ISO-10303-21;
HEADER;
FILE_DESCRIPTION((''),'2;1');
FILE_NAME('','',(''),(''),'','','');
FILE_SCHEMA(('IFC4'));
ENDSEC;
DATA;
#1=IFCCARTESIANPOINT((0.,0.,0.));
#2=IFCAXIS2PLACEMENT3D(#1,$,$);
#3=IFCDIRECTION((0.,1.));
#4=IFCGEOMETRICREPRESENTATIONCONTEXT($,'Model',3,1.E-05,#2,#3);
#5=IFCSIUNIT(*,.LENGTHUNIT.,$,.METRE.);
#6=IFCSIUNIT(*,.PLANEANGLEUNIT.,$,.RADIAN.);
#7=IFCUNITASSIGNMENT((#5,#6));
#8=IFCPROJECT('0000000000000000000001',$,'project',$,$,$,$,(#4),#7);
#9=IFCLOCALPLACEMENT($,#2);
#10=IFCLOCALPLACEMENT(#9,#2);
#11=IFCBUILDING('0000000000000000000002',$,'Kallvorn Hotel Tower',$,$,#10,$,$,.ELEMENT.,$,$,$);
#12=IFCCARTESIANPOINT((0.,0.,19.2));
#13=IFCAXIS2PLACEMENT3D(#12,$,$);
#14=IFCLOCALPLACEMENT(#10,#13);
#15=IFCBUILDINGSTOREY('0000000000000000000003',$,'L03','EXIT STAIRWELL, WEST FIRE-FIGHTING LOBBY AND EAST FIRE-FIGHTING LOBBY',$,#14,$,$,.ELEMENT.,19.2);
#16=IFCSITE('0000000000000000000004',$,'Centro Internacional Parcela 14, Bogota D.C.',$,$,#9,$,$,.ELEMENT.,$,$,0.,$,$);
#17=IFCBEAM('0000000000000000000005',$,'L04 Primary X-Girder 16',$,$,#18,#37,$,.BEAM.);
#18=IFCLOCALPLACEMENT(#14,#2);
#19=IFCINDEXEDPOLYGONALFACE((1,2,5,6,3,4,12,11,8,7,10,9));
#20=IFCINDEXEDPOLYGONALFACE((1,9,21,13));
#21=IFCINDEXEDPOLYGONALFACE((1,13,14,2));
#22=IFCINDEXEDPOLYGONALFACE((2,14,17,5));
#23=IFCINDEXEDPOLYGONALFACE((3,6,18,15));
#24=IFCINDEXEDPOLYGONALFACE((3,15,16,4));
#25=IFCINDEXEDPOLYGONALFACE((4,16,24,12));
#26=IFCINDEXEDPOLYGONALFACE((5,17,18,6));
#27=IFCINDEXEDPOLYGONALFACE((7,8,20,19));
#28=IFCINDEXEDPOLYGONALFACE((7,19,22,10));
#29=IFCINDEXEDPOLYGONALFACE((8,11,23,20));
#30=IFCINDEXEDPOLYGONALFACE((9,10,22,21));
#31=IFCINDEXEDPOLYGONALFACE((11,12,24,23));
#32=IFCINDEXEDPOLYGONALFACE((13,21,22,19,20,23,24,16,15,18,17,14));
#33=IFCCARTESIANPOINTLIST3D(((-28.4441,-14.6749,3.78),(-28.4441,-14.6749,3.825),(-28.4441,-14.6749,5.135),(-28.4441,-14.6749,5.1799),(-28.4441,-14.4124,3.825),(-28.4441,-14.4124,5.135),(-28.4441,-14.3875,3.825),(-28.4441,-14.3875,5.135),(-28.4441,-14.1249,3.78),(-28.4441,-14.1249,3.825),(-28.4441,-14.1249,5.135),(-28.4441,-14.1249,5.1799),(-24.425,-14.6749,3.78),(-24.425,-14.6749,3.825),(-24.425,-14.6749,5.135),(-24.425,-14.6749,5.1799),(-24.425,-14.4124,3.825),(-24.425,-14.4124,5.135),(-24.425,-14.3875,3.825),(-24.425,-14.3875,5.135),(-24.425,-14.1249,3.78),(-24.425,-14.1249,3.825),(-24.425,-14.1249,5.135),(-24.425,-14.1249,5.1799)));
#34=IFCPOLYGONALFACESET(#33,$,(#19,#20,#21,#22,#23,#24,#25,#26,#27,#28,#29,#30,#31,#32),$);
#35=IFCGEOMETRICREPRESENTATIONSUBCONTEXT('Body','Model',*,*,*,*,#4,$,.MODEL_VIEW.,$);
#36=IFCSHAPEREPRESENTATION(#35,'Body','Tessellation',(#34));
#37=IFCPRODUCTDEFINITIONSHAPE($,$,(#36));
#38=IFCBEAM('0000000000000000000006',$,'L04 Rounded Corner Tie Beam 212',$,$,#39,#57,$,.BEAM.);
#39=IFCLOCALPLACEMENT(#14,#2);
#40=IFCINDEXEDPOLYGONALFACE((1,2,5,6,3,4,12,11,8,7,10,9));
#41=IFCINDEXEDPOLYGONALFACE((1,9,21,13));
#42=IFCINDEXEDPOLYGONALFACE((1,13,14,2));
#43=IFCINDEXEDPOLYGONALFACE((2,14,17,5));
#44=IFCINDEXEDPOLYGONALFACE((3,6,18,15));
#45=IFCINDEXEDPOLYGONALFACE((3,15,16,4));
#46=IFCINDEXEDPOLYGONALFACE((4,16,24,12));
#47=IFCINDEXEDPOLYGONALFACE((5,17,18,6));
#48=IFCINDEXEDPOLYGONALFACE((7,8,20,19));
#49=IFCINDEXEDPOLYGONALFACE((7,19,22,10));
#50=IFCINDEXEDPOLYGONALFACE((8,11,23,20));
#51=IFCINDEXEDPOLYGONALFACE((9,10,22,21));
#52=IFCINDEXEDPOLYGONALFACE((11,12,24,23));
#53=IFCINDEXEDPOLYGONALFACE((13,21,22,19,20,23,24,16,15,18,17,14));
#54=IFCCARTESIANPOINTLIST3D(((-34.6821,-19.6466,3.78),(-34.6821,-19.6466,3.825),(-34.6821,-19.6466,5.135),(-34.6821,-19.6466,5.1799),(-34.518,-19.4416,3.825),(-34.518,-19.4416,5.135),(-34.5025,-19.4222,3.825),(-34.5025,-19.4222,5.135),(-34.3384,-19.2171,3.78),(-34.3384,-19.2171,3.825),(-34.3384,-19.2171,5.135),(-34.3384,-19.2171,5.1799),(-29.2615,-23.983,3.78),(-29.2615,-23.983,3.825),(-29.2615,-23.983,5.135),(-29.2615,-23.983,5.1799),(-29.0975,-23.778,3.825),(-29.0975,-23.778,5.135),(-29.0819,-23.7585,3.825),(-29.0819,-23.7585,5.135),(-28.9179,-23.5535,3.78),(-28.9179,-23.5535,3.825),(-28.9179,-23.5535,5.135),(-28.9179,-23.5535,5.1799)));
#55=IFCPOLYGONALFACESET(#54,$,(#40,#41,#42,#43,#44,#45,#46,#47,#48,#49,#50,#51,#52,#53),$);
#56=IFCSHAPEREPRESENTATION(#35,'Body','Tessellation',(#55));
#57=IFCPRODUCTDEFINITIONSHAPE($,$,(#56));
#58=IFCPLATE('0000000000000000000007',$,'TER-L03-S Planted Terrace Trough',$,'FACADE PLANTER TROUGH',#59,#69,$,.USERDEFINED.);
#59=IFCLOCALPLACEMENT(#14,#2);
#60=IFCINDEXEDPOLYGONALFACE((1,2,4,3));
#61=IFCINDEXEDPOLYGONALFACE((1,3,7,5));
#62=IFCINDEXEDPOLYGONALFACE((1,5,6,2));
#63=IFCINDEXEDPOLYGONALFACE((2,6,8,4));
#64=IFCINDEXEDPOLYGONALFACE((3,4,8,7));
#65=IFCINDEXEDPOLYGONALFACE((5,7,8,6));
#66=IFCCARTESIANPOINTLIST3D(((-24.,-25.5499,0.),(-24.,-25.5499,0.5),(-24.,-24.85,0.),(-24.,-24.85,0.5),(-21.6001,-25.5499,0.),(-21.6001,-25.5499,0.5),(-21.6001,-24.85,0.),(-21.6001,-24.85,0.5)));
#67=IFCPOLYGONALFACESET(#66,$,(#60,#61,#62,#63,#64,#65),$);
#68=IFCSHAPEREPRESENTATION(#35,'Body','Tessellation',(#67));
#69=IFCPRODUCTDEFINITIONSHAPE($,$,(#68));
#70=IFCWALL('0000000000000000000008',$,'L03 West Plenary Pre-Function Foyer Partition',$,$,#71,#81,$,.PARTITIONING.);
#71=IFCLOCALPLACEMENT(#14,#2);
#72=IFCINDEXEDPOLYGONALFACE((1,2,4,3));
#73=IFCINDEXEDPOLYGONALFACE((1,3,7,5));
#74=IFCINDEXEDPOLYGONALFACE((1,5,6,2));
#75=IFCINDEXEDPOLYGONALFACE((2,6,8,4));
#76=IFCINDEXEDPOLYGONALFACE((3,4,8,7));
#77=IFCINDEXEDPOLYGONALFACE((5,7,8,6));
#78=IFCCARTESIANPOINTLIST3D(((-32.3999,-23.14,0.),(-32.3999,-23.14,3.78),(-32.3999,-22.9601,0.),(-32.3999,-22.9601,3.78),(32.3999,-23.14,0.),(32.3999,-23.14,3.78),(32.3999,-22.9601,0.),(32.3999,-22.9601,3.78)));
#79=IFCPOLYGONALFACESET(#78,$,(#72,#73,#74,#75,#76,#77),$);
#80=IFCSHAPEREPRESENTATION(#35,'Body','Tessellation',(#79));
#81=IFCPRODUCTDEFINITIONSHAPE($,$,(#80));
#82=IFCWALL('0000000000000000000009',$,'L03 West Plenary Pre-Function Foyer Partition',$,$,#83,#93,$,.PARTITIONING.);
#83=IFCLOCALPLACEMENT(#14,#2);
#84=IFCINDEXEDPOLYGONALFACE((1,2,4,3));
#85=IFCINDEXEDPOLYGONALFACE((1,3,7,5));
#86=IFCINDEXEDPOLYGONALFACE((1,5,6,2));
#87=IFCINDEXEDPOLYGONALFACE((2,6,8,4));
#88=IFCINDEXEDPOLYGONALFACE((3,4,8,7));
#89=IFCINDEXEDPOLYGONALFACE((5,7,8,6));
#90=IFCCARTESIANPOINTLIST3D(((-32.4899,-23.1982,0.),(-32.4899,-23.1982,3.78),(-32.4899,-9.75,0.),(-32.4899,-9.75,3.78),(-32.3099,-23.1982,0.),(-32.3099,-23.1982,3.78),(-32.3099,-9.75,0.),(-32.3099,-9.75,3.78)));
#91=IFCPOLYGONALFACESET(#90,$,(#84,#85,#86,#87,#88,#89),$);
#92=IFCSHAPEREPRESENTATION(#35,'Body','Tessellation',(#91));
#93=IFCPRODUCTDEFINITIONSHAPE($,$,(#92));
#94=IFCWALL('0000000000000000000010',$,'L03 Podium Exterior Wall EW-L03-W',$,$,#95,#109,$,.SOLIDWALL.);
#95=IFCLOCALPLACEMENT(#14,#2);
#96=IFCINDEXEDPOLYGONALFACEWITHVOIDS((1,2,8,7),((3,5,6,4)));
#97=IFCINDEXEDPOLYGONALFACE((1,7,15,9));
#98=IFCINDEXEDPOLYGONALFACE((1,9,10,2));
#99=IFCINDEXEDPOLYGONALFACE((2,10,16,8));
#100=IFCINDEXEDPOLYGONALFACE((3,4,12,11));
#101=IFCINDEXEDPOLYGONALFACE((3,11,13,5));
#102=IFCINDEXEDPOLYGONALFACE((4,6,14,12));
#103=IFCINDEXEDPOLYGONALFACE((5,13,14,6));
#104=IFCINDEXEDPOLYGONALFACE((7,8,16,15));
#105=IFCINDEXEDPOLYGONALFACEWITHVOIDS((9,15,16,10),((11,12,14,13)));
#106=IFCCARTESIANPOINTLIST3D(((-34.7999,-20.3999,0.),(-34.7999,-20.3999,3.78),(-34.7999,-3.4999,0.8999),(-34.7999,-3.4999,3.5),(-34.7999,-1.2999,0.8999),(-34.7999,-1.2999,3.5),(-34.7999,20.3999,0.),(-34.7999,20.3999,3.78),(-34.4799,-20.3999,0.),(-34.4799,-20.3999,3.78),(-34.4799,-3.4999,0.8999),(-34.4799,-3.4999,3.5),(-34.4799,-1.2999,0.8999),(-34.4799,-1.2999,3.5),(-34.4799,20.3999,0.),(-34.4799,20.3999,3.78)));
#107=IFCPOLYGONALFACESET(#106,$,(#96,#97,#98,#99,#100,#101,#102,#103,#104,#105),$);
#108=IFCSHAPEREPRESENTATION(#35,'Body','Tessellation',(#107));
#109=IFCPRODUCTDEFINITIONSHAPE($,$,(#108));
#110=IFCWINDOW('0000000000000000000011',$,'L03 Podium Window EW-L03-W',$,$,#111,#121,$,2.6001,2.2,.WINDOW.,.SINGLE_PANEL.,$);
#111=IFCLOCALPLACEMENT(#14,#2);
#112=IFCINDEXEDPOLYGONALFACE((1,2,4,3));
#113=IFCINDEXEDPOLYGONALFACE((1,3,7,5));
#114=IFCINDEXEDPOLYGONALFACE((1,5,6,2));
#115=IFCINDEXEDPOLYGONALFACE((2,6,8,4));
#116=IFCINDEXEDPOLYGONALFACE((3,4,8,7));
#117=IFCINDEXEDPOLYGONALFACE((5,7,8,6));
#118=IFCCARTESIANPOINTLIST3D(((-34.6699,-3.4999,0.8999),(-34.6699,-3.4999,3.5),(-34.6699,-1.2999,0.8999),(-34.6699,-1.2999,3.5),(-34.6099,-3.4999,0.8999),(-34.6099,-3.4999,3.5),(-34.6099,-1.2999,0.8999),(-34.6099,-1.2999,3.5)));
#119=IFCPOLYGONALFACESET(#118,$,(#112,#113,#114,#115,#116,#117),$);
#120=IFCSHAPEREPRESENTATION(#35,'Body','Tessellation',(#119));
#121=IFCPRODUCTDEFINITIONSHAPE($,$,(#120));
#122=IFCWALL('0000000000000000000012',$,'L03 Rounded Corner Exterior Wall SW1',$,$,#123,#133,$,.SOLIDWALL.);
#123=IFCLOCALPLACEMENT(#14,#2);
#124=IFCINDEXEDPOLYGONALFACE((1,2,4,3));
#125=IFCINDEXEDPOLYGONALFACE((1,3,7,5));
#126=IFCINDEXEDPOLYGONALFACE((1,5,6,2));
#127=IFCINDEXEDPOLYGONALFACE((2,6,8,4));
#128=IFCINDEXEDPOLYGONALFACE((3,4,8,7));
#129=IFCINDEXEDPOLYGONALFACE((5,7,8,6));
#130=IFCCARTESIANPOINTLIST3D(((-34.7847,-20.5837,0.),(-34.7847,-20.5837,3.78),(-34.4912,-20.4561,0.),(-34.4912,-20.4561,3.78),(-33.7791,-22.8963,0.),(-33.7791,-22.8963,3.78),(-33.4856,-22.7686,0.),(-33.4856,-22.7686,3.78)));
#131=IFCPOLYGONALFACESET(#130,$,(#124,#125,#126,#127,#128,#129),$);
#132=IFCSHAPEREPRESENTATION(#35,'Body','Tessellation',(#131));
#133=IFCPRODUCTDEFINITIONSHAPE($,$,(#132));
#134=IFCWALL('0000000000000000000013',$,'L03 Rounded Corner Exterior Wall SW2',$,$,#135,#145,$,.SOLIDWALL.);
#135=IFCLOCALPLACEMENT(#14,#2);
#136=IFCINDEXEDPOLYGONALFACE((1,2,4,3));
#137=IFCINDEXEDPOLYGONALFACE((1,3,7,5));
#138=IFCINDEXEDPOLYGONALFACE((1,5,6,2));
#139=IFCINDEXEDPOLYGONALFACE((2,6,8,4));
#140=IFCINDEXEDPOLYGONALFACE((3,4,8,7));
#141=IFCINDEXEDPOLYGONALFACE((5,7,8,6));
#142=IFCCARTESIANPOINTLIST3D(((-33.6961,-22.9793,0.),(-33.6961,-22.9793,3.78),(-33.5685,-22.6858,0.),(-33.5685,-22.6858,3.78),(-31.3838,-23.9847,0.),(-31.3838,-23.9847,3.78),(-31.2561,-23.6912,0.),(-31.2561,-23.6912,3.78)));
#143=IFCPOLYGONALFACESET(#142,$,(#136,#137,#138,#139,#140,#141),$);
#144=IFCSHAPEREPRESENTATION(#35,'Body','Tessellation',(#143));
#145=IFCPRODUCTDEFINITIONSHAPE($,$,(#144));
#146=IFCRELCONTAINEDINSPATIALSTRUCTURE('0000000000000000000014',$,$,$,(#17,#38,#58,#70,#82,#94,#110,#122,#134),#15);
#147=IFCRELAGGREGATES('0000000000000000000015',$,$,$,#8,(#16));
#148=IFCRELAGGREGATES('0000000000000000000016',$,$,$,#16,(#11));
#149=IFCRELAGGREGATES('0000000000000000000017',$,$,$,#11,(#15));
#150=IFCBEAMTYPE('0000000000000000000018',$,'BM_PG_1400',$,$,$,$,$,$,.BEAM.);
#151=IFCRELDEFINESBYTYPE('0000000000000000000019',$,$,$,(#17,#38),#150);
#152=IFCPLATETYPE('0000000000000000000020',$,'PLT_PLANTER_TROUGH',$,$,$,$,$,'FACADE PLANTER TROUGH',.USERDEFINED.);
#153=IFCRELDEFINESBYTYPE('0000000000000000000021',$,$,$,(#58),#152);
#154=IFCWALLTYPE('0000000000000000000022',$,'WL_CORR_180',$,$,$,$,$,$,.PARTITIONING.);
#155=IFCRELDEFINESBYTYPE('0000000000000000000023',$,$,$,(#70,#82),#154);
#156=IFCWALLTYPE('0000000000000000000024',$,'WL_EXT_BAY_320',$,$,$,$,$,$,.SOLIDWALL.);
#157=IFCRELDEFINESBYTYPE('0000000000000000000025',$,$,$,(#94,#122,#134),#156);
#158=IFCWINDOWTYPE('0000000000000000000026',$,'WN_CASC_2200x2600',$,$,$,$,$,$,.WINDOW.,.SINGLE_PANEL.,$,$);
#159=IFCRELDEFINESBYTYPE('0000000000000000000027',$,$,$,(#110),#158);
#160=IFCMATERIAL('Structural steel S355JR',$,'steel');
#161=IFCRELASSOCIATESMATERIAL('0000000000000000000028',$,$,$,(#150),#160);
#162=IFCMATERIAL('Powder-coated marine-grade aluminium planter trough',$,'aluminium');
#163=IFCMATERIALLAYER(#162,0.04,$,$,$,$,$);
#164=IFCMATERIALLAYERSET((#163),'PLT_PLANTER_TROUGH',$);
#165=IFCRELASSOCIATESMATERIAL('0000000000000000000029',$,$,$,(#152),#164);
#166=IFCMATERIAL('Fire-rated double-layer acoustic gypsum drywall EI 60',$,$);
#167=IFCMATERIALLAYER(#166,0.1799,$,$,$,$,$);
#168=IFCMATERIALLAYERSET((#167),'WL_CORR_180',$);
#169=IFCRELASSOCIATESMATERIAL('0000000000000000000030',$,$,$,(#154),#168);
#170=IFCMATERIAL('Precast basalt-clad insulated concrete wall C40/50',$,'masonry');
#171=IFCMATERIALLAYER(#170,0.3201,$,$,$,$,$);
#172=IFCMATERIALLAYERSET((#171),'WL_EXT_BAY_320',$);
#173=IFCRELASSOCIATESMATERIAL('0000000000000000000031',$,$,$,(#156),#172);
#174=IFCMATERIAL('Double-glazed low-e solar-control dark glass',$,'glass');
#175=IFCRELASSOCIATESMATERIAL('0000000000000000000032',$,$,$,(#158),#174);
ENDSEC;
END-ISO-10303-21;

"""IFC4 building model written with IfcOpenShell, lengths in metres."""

from ifc_helpers import new_model, si_unit, direction, frame, frame_2d, origin, origin_2d, place, context, subcontext, project, spatial, rectangle, i_section, extrude, material, layer, layer_set, material_profile, profile_set, type_object, element, fill, save


model = new_model("IFC4")

# Units and contexts
model_context = context("Model", 3, precision=1e-05, world=origin(), true_north=direction((0.0, 1.0)))
body_context = subcontext(model_context, "Body", "Model", "MODEL_VIEW")
ifc_project = project(units=[si_unit("LENGTHUNIT", "METRE"), si_unit("PLANEANGLEUNIT", "RADIAN")], contexts=[model_context])

# Site, building, storey
site_placement = place(None, origin())
site = spatial("IfcSite", under=ifc_project, at=site_placement, Name="Centro Internacional Parcela 14, Bogota D.C.", CompositionType="ELEMENT", RefElevation=0.0)
building_placement = place(site_placement, origin())
building = spatial("IfcBuilding", under=site, at=building_placement, Name="Kallvorn Hotel Tower", CompositionType="ELEMENT")
storey_placement = place(building_placement, frame((0.0, 0.0, 19.2)))
storey = spatial("IfcBuildingStorey", under=building, at=storey_placement, Name="L03", Description="EXIT STAIRWELL, WEST FIRE-FIGHTING LOBBY AND EAST FIRE-FIGHTING LOBBY", CompositionType="ELEMENT", Elevation=19.2)

# Beams
ifc_material_1 = material(Name="Structural steel S355JR", Category="steel")
ifc_material_profile_1 = material_profile(ifc_material_1, i_section(OverallWidth=0.55, OverallDepth=1.3999, WebThickness=0.0249, FlangeThickness=0.0449, at=origin_2d()), Name="PG 1400x550x25x45")
ifc_profile_set_1 = profile_set([ifc_material_profile_1], Name="Structural steel S355JR")
beam_type_1 = type_object("IfcBeamType", Name="BM_PG_1400", PredefinedType="BEAM", material=ifc_profile_set_1)
beam_1_placement = place(storey_placement, frame((-28.4441, -14.3999, 4.48), z_axis=(1.0, 0.0, 0.0), x_axis=(0.0, 1.0, 0.0)))
element("IfcBeam", 1, at=beam_1_placement, inside=storey, type_object=beam_type_1, Name="L04 Primary X-Girder 16", PredefinedType="BEAM", context=body_context, shape_type="SweptSolid", body=[
    extrude(i_section(OverallWidth=0.55, OverallDepth=1.3999, WebThickness=0.0249, FlangeThickness=0.0449, at=origin_2d()), origin(), (0.0, 0.0, 1.0), 4.019),
])
beam_2_placement = place(storey_placement, frame((-34.5103, -19.4319, 4.48), z_axis=(0.780876, -0.624686, 0.0), x_axis=(0.624686, 0.780876, 0.0)))
element("IfcBeam", 2, at=beam_2_placement, inside=storey, type_object=beam_type_1, Name="L04 Rounded Corner Tie Beam 212", PredefinedType="BEAM", context=body_context, shape_type="SweptSolid", body=[
    extrude(i_section(OverallWidth=0.55, OverallDepth=1.3999, WebThickness=0.0249, FlangeThickness=0.0449, at=origin_2d()), origin(), (0.0, 0.0, 1.0), 6.9417),
])

# Plate
ifc_material_2 = material(Name="Powder-coated marine-grade aluminium planter trough", Category="aluminium")
ifc_layer_1 = layer(ifc_material_2, 0.04)
ifc_layer_set_1 = layer_set([ifc_layer_1], Name="PLT_PLANTER_TROUGH")
plate_type = type_object("IfcPlateType", Name="PLT_PLANTER_TROUGH", ElementType="FACADE PLANTER TROUGH", PredefinedType="USERDEFINED", material=ifc_layer_set_1)
plate_placement = place(storey_placement, frame((-22.8, -25.2, 0.0), z_axis=(0.0, 0.0, 1.0), x_axis=(1.0, 0.0, 0.0)))
element("IfcPlate", 3, at=plate_placement, inside=storey, type_object=plate_type, Name="TER-L03-S Planted Terrace Trough", ObjectType="FACADE PLANTER TROUGH", PredefinedType="USERDEFINED", context=body_context, shape_type="SweptSolid", body=[
    extrude(rectangle(XDim=2.3999, YDim=0.7, at=origin_2d()), origin(), (0.0, 0.0, 1.0), 0.5),
])

# Walls
ifc_material_3 = material(Name="Fire-rated double-layer acoustic gypsum drywall EI 60")
ifc_layer_2 = layer(ifc_material_3, 0.1799)
ifc_layer_set_2 = layer_set([ifc_layer_2], Name="WL_CORR_180")
wall_type_1 = type_object("IfcWallType", Name="WL_CORR_180", PredefinedType="PARTITIONING", material=ifc_layer_set_2)
wall_1_placement = place(storey_placement, frame((-32.3999, -23.05, 0.0), z_axis=(0.0, 0.0, 1.0), x_axis=(1.0, 0.0, 0.0)))
element("IfcWall", 4, at=wall_1_placement, inside=storey, type_object=wall_type_1, Name="L03 West Plenary Pre-Function Foyer Partition", PredefinedType="PARTITIONING", context=body_context, shape_type="SweptSolid", body=[
    extrude(rectangle(XDim=64.7998, YDim=0.1799, at=frame_2d((32.3999, 0.0))), origin(), (0.0, 0.0, 1.0), 3.78),
])
wall_2_placement = place(storey_placement, frame((-32.3999, -23.1982, 0.0), z_axis=(0.0, 0.0, 1.0), x_axis=(0.0, 1.0, 0.0)))
element("IfcWall", 5, at=wall_2_placement, inside=storey, type_object=wall_type_1, Name="L03 West Plenary Pre-Function Foyer Partition", PredefinedType="PARTITIONING", context=body_context, shape_type="SweptSolid", body=[
    extrude(rectangle(XDim=13.4482, YDim=0.1799, at=frame_2d((6.7241, 0.0))), origin(), (0.0, 0.0, 1.0), 3.78),
])

# Wall, opening, window
ifc_material_4 = material(Name="Precast basalt-clad insulated concrete wall C40/50", Category="masonry")
ifc_layer_3 = layer(ifc_material_4, 0.3201)
ifc_layer_set_3 = layer_set([ifc_layer_3], Name="WL_EXT_BAY_320")
wall_type_2 = type_object("IfcWallType", Name="WL_EXT_BAY_320", PredefinedType="SOLIDWALL", material=ifc_layer_set_3)
wall_3_placement = place(storey_placement, frame((-34.6399, -20.3999, 0.0), z_axis=(0.0, 0.0, 1.0), x_axis=(0.0, 1.0, 0.0)))
wall_3 = element("IfcWall", 6, at=wall_3_placement, inside=storey, type_object=wall_type_2, Name="L03 Podium Exterior Wall EW-L03-W", PredefinedType="SOLIDWALL", context=body_context, shape_type="SweptSolid", body=[
    extrude(rectangle(XDim=40.7998, YDim=0.3201, at=frame_2d((20.3999, 0.0))), origin(), (0.0, 0.0, 1.0), 3.78),
])
opening_placement = place(wall_3_placement, frame((16.8999, 0.0, 0.8999)))
opening = element("IfcOpeningElement", 7, at=opening_placement, cuts=wall_3, PredefinedType="OPENING", context=body_context, shape_type="SweptSolid", body=[
    extrude(rectangle(XDim=2.2, YDim=2.6001, at=frame_2d((1.1001, 1.3))), frame((0.0, 0.175, 0.0), z_axis=(0.0, -1.0, 0.0), x_axis=(1.0, 0.0, 0.0)), (0.0, 0.0, 1.0), 0.3501),
])
ifc_material_5 = material(Name="Double-glazed low-e solar-control dark glass", Category="glass")
window_type = type_object("IfcWindowType", Name="WN_CASC_2200x2600", PartitioningType="SINGLE_PANEL", PredefinedType="WINDOW", material=ifc_material_5)
window_placement = place(opening_placement, origin())
window = element("IfcWindow", 8, at=window_placement, inside=storey, type_object=window_type, Name="L03 Podium Window EW-L03-W", OverallHeight=2.6001, OverallWidth=2.2, PartitioningType="SINGLE_PANEL", PredefinedType="WINDOW", context=body_context, shape_type="SweptSolid", body=[
    extrude(rectangle(XDim=2.2, YDim=2.6001, at=frame_2d((1.1001, 1.3))), frame((0.0, 0.03, 0.0), z_axis=(0.0, -1.0, 0.0), x_axis=(1.0, 0.0, 0.0)), (0.0, 0.0, 1.0), 0.0601),
])
fill(opening, window)

# Walls
wall_4_placement = place(storey_placement, frame((-34.6379, -20.52, 0.0), z_axis=(0.0, 0.0, 1.0), x_axis=(0.398786, -0.917044, 0.0)))
element("IfcWall", 9, at=wall_4_placement, inside=storey, type_object=wall_type_2, Name="L03 Rounded Corner Exterior Wall SW1", PredefinedType="SOLIDWALL", context=body_context, shape_type="SweptSolid", body=[
    extrude(rectangle(XDim=2.5217, YDim=0.3201, at=frame_2d((1.2607, 0.0))), origin(), (0.0, 0.0, 1.0), 3.78),
])
wall_5_placement = place(storey_placement, frame((-33.6323, -22.8325, 0.0), z_axis=(0.0, 0.0, 1.0), x_axis=(0.917064, -0.39874, 0.0)))
element("IfcWall", 10, at=wall_5_placement, inside=storey, type_object=wall_type_2, Name="L03 Rounded Corner Exterior Wall SW2", PredefinedType="SOLIDWALL", context=body_context, shape_type="SweptSolid", body=[
    extrude(rectangle(XDim=2.5215, YDim=0.3201, at=frame_2d((1.2607, 0.0))), origin(), (0.0, 0.0, 1.0), 3.78),
])

save(model, "model.ifc")
